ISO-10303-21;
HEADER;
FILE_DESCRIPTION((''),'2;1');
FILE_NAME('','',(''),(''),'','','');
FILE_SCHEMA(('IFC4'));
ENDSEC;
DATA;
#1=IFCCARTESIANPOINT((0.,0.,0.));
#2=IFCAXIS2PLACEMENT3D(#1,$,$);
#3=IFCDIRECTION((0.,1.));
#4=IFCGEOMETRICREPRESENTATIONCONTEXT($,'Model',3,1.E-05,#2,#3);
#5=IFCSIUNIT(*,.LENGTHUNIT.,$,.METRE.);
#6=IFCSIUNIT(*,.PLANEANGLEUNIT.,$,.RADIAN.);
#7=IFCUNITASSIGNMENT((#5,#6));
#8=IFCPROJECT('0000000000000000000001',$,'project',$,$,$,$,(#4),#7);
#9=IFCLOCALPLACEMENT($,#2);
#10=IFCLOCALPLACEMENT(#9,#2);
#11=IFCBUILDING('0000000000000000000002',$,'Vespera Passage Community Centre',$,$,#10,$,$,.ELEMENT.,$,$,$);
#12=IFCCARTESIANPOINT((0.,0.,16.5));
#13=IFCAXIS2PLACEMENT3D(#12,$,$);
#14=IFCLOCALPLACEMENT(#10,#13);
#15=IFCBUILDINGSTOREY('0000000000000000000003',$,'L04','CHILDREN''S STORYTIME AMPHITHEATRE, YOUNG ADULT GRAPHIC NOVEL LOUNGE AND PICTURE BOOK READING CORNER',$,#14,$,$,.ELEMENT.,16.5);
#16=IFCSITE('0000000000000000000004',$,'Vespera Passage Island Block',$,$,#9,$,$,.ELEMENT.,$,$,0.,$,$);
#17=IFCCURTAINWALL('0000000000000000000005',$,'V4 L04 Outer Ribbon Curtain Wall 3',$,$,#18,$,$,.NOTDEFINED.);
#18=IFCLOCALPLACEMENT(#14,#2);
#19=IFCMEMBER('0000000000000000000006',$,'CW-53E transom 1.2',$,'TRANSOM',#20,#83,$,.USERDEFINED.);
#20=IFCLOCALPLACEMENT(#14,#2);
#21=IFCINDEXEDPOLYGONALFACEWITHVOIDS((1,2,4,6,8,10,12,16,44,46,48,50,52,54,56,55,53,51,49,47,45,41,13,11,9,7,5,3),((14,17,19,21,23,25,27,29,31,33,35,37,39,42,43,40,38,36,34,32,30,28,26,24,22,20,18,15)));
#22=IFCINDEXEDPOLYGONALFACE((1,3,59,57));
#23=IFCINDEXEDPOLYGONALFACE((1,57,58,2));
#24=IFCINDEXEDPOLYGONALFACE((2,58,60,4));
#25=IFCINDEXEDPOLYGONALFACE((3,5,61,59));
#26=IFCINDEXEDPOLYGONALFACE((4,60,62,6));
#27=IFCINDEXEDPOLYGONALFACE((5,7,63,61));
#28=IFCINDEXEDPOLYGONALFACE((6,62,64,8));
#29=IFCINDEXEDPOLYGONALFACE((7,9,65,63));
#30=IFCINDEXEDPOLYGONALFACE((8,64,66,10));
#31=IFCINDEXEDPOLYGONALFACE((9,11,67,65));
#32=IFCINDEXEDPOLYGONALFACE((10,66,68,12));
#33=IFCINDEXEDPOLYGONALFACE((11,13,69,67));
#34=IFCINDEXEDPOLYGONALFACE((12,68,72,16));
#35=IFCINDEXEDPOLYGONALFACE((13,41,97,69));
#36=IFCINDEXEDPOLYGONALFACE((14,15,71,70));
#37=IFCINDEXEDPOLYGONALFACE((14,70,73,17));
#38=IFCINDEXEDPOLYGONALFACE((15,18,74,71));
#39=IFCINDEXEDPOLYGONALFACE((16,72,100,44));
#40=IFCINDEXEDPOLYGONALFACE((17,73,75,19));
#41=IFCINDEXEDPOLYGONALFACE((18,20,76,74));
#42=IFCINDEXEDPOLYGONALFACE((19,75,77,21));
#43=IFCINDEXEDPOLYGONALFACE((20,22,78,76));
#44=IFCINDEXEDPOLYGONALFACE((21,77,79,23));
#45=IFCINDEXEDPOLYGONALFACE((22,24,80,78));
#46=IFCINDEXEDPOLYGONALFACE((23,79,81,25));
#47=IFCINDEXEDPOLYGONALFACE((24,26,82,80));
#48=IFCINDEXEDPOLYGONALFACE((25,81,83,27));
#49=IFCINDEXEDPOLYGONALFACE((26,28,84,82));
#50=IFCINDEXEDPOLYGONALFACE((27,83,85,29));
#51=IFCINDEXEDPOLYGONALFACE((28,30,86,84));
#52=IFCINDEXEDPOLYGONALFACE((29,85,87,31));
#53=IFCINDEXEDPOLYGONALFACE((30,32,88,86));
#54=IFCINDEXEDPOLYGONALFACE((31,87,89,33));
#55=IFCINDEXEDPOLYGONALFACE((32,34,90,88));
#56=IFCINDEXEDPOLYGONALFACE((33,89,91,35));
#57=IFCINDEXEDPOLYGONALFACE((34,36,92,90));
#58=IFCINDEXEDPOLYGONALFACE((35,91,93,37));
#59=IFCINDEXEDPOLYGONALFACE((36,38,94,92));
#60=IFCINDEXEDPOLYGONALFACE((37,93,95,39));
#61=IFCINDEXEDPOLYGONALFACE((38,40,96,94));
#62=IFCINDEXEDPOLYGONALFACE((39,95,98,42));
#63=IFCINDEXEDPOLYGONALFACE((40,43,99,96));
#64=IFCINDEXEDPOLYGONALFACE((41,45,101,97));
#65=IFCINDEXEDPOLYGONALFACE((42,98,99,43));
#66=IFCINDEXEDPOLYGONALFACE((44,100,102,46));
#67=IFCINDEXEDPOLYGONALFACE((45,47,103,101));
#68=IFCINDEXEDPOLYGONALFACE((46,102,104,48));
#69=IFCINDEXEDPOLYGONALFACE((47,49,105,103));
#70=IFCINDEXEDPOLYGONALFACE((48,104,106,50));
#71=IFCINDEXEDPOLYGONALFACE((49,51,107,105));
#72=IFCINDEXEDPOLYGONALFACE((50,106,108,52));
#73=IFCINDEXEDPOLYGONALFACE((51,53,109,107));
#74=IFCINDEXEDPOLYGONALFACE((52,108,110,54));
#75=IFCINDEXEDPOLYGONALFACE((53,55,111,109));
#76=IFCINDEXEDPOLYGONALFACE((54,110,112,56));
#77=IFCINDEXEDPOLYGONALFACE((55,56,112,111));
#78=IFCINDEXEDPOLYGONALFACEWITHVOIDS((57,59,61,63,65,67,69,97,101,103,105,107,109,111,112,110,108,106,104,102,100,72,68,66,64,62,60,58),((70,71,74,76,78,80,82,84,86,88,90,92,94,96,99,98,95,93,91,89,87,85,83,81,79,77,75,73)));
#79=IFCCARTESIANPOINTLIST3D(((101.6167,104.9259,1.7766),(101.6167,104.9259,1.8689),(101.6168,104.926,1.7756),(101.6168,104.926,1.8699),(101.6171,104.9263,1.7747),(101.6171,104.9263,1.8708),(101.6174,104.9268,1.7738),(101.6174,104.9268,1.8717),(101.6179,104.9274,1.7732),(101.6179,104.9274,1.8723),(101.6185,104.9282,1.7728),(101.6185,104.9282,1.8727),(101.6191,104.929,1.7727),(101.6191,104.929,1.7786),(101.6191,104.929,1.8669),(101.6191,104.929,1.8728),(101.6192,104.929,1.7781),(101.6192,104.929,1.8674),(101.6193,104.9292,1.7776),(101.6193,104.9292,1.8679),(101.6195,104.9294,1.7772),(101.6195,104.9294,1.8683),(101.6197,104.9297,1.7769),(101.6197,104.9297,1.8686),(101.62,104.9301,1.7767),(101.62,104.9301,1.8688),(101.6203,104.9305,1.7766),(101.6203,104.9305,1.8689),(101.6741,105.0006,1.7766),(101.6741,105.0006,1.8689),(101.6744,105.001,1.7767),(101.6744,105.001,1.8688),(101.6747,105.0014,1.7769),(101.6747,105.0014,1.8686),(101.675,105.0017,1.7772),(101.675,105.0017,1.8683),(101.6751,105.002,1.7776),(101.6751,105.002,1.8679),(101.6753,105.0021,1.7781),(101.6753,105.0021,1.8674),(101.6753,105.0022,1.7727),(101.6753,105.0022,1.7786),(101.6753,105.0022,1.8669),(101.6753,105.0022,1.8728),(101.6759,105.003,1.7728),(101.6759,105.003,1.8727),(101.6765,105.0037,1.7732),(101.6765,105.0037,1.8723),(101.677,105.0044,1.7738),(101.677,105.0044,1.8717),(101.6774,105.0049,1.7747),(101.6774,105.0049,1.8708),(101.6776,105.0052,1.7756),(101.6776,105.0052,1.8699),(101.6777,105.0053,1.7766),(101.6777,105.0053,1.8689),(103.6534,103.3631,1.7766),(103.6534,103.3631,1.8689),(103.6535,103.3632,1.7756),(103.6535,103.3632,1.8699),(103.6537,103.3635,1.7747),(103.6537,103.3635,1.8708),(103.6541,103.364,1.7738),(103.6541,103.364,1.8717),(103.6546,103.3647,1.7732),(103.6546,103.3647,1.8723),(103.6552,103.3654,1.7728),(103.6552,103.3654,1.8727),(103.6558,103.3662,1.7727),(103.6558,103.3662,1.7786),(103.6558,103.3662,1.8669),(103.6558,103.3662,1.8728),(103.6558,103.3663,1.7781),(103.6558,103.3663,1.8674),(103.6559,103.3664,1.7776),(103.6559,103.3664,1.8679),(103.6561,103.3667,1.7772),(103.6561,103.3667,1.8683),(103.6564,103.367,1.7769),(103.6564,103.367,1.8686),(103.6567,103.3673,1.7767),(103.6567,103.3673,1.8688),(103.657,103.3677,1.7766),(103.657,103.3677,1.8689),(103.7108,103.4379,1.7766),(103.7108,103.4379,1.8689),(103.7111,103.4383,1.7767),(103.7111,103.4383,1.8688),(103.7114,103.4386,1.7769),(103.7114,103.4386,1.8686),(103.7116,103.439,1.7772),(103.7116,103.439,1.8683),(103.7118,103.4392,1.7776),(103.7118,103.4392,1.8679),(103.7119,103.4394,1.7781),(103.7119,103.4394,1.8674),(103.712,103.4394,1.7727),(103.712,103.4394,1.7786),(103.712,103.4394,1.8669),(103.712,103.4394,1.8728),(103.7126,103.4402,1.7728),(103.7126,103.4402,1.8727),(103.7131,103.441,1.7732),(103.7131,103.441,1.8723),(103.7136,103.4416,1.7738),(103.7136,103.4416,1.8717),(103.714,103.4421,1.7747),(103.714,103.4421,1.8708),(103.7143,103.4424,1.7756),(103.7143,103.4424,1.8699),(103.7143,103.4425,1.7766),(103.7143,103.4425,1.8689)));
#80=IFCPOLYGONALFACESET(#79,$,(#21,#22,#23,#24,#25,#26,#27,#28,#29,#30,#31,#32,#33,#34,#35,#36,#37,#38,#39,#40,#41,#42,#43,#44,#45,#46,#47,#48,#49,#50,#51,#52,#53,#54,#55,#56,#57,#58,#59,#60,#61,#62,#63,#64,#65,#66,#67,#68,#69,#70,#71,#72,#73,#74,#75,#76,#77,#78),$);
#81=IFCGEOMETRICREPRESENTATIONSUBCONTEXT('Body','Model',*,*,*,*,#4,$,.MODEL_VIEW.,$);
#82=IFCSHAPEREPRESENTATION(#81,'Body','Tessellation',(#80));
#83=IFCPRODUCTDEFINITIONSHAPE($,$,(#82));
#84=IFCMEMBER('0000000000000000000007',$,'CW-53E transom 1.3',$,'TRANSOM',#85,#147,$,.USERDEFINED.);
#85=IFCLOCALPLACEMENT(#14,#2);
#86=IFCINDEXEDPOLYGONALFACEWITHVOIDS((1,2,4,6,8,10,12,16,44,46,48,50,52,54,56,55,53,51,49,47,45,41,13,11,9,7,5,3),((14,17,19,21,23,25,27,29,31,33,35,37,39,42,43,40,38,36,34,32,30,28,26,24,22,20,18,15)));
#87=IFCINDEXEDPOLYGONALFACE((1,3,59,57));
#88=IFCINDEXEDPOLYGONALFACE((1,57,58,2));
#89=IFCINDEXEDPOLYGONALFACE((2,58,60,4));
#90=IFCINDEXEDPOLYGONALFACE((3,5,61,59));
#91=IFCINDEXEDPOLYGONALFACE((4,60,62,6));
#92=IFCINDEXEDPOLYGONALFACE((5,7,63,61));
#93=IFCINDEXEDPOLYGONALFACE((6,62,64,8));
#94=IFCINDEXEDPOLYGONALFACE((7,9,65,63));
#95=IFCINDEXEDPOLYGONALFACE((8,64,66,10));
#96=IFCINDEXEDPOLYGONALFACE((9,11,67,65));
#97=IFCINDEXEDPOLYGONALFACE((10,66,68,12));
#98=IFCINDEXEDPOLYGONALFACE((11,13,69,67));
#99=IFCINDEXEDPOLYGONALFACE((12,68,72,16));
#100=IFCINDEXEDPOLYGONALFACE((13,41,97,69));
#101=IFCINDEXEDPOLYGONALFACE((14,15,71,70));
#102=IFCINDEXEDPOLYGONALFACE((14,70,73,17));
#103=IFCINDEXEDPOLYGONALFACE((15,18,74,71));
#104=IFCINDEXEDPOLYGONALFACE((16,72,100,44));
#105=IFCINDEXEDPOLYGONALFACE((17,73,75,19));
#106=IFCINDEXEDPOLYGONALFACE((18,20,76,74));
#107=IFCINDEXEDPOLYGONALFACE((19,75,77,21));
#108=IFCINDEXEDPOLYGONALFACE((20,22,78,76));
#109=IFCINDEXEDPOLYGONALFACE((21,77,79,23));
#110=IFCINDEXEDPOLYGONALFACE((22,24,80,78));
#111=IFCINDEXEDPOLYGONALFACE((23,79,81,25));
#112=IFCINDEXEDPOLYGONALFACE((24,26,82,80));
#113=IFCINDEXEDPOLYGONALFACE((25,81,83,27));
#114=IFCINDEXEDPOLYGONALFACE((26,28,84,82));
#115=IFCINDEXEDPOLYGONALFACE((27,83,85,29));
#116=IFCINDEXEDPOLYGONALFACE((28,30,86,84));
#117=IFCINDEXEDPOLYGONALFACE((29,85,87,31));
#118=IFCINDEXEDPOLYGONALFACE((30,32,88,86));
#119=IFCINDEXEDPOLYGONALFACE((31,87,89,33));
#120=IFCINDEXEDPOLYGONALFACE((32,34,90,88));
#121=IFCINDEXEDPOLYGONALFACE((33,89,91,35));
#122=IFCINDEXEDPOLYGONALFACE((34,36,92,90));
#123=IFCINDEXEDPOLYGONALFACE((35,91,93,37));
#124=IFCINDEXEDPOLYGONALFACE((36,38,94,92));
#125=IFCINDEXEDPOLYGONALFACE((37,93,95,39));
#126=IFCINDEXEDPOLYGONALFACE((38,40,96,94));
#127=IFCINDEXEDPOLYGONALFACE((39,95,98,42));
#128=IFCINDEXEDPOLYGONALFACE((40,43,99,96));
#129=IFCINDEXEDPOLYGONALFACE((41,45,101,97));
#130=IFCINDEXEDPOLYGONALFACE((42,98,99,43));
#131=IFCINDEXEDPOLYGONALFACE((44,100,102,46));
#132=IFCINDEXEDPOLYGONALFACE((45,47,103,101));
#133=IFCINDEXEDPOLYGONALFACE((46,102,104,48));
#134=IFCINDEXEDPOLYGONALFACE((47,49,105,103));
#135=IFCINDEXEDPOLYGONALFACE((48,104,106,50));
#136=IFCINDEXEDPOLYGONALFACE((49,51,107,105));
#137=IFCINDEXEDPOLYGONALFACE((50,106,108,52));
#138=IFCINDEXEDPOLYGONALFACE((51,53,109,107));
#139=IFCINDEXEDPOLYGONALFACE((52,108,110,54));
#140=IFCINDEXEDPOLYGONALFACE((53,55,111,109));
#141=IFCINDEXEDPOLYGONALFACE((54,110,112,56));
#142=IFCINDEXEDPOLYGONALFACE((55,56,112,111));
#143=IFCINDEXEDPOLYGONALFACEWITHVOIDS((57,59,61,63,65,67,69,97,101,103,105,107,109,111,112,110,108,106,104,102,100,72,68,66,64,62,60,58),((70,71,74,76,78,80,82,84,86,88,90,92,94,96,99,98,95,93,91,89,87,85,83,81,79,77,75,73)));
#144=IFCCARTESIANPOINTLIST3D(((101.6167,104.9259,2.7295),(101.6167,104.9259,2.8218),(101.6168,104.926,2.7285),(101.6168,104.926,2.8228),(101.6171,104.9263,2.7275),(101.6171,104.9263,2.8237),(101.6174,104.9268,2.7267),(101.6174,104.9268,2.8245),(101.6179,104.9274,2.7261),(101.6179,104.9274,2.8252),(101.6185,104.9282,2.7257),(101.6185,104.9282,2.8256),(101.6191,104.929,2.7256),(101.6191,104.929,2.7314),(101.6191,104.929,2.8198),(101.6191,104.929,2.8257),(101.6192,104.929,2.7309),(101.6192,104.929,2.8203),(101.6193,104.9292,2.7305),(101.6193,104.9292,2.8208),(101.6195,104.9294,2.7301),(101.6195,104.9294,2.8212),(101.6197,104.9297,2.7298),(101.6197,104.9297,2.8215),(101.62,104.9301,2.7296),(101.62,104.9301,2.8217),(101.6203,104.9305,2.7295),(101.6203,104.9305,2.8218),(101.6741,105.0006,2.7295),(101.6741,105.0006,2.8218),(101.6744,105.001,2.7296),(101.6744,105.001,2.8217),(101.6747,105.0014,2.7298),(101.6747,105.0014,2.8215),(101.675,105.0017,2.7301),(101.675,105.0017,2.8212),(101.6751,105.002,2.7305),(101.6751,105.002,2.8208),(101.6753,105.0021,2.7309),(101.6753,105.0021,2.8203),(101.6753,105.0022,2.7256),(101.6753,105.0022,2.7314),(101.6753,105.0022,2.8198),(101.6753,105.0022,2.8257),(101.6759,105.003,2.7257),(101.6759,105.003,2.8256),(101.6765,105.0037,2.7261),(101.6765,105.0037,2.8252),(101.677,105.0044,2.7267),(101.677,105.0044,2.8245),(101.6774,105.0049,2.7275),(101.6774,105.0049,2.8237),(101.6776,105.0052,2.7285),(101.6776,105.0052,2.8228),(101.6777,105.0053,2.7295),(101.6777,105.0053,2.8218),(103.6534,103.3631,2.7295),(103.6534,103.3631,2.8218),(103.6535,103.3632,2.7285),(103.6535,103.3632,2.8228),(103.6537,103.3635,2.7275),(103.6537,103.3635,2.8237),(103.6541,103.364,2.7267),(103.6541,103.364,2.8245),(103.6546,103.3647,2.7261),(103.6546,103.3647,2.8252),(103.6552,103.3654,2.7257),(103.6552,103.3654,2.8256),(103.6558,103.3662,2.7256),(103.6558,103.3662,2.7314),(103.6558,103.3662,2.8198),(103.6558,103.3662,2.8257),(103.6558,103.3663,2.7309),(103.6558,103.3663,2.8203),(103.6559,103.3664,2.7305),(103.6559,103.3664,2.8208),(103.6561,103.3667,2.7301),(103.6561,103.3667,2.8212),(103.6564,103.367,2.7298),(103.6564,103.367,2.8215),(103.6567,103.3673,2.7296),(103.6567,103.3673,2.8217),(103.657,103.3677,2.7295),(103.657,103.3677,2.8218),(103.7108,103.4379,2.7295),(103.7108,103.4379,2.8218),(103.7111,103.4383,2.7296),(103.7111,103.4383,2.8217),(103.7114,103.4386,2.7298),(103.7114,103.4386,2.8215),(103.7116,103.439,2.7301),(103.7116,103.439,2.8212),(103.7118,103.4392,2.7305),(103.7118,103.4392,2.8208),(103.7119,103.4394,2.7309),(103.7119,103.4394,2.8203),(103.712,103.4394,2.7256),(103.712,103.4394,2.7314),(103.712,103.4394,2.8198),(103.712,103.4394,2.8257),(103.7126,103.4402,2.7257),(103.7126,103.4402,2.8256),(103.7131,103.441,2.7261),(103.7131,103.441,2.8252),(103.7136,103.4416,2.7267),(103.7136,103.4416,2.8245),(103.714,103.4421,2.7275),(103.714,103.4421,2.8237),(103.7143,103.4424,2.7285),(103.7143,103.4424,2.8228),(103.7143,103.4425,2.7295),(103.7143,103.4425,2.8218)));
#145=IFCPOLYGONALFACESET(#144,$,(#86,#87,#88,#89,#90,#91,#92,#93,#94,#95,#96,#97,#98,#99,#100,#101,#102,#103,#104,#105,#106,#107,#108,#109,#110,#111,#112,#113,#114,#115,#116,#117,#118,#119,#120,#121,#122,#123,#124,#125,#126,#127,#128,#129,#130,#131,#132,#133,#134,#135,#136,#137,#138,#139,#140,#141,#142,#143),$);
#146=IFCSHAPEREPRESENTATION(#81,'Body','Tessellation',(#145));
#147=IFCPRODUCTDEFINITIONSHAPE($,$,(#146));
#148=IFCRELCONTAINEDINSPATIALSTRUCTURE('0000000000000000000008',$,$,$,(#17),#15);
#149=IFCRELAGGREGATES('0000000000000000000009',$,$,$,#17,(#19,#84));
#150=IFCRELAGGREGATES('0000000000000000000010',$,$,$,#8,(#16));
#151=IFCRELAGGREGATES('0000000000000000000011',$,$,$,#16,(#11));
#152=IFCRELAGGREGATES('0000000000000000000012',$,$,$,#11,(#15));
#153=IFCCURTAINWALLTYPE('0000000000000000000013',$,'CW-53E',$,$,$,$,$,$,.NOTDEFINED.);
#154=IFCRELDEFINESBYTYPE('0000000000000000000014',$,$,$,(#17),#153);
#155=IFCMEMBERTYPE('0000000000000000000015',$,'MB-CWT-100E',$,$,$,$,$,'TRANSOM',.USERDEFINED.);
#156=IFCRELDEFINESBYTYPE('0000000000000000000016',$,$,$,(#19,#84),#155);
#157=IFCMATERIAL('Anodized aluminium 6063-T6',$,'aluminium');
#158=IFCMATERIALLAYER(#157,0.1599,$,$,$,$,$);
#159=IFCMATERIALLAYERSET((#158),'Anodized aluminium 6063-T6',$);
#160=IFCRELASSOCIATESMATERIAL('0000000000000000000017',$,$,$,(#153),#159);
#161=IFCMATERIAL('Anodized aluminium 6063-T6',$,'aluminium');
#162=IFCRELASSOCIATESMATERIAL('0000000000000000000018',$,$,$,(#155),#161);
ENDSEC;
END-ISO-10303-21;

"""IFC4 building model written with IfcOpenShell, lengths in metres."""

from ifc_helpers import new_model, si_unit, direction, frame, origin, origin_2d, place, context, subcontext, project, spatial, hollow_rectangle, extrude, material, layer, layer_set, material_profile, profile_set, type_object, element, aggregate, save


model = new_model("IFC4")

# Units and contexts
model_context = context("Model", 3, precision=1e-05, world=origin(), true_north=direction((0.0, 1.0)))
body_context = subcontext(model_context, "Body", "Model", "MODEL_VIEW")
ifc_project = project(units=[si_unit("LENGTHUNIT", "METRE"), si_unit("PLANEANGLEUNIT", "RADIAN")], contexts=[model_context])

# Site, building, storey
site_placement = place(None, origin())
site = spatial("IfcSite", under=ifc_project, at=site_placement, Name="Vespera Passage Island Block", CompositionType="ELEMENT", RefElevation=0.0)
building_placement = place(site_placement, origin())
building = spatial("IfcBuilding", under=site, at=building_placement, Name="Vespera Passage Community Centre", CompositionType="ELEMENT")
storey_placement = place(building_placement, frame((0.0, 0.0, 16.5)))
storey = spatial("IfcBuildingStorey", under=building, at=storey_placement, Name="L04", Description="CHILDREN'S STORYTIME AMPHITHEATRE, YOUNG ADULT GRAPHIC NOVEL LOUNGE AND PICTURE BOOK READING CORNER", CompositionType="ELEMENT", Elevation=16.5)

# Curtain wall
ifc_material_1 = material(Name="Anodized aluminium 6063-T6", Category="aluminium")
ifc_layer_1 = layer(ifc_material_1, 0.1599)
ifc_layer_set_1 = layer_set([ifc_layer_1], Name="Anodized aluminium 6063-T6")
curtain_wall_type_1 = type_object("IfcCurtainWallType", Name="CW-53E", PredefinedType="NOTDEFINED", material=ifc_layer_set_1)
curtain_wall_1_placement = place(storey_placement, origin())
curtain_wall_1 = element("IfcCurtainWall", 1, at=curtain_wall_1_placement, inside=storey, type_object=curtain_wall_type_1, Name="V4 L04 Outer Ribbon Curtain Wall 3", PredefinedType="NOTDEFINED")

# Members
ifc_material_2 = material(Name="Anodized aluminium 6063-T6", Category="aluminium")
ifc_material_profile_1 = material_profile(ifc_material_2, hollow_rectangle(XDim=0.1001, YDim=0.1001, WallThickness=0.0039, InnerFilletRadius=0.002, OuterFilletRadius=0.0039, at=origin_2d()), Name="ALU100X100X4")
ifc_profile_set_1 = profile_set([ifc_material_profile_1], Name="Anodized aluminium 6063-T6")
member_type_1 = type_object("IfcMemberType", Name="MB-CWT-100E", ElementType="TRANSOM", PredefinedType="USERDEFINED", material=ifc_profile_set_1)
member_1_placement = place(storey_placement, frame((101.6472, 104.9656, 1.8228), z_axis=(0.793355, -0.608759, 0.0), x_axis=(0.608759, 0.793355, 0.0)))
member_1 = element("IfcMember", 2, at=member_1_placement, type_object=member_type_1, Name="CW-53E transom 1.2", ObjectType="TRANSOM", PredefinedType="USERDEFINED", context=body_context, shape_type="SweptSolid", body=[
    extrude(hollow_rectangle(XDim=0.1001, YDim=0.1001, WallThickness=0.0039, InnerFilletRadius=0.002, OuterFilletRadius=0.0039, at=origin_2d()), origin(), (0.0, 0.0, 1.0), 2.5671),
])
member_2_placement = place(storey_placement, frame((101.6472, 104.9656, 2.7756), z_axis=(0.793355, -0.608759, 0.0), x_axis=(0.608759, 0.793355, 0.0)))
member_2 = element("IfcMember", 3, at=member_2_placement, type_object=member_type_1, Name="CW-53E transom 1.3", ObjectType="TRANSOM", PredefinedType="USERDEFINED", context=body_context, shape_type="SweptSolid", body=[
    extrude(hollow_rectangle(XDim=0.1001, YDim=0.1001, WallThickness=0.0039, InnerFilletRadius=0.002, OuterFilletRadius=0.0039, at=origin_2d()), origin(), (0.0, 0.0, 1.0), 2.5671),
])

aggregate(curtain_wall_1, [member_1, member_2])

save(model, "model.ifc")
